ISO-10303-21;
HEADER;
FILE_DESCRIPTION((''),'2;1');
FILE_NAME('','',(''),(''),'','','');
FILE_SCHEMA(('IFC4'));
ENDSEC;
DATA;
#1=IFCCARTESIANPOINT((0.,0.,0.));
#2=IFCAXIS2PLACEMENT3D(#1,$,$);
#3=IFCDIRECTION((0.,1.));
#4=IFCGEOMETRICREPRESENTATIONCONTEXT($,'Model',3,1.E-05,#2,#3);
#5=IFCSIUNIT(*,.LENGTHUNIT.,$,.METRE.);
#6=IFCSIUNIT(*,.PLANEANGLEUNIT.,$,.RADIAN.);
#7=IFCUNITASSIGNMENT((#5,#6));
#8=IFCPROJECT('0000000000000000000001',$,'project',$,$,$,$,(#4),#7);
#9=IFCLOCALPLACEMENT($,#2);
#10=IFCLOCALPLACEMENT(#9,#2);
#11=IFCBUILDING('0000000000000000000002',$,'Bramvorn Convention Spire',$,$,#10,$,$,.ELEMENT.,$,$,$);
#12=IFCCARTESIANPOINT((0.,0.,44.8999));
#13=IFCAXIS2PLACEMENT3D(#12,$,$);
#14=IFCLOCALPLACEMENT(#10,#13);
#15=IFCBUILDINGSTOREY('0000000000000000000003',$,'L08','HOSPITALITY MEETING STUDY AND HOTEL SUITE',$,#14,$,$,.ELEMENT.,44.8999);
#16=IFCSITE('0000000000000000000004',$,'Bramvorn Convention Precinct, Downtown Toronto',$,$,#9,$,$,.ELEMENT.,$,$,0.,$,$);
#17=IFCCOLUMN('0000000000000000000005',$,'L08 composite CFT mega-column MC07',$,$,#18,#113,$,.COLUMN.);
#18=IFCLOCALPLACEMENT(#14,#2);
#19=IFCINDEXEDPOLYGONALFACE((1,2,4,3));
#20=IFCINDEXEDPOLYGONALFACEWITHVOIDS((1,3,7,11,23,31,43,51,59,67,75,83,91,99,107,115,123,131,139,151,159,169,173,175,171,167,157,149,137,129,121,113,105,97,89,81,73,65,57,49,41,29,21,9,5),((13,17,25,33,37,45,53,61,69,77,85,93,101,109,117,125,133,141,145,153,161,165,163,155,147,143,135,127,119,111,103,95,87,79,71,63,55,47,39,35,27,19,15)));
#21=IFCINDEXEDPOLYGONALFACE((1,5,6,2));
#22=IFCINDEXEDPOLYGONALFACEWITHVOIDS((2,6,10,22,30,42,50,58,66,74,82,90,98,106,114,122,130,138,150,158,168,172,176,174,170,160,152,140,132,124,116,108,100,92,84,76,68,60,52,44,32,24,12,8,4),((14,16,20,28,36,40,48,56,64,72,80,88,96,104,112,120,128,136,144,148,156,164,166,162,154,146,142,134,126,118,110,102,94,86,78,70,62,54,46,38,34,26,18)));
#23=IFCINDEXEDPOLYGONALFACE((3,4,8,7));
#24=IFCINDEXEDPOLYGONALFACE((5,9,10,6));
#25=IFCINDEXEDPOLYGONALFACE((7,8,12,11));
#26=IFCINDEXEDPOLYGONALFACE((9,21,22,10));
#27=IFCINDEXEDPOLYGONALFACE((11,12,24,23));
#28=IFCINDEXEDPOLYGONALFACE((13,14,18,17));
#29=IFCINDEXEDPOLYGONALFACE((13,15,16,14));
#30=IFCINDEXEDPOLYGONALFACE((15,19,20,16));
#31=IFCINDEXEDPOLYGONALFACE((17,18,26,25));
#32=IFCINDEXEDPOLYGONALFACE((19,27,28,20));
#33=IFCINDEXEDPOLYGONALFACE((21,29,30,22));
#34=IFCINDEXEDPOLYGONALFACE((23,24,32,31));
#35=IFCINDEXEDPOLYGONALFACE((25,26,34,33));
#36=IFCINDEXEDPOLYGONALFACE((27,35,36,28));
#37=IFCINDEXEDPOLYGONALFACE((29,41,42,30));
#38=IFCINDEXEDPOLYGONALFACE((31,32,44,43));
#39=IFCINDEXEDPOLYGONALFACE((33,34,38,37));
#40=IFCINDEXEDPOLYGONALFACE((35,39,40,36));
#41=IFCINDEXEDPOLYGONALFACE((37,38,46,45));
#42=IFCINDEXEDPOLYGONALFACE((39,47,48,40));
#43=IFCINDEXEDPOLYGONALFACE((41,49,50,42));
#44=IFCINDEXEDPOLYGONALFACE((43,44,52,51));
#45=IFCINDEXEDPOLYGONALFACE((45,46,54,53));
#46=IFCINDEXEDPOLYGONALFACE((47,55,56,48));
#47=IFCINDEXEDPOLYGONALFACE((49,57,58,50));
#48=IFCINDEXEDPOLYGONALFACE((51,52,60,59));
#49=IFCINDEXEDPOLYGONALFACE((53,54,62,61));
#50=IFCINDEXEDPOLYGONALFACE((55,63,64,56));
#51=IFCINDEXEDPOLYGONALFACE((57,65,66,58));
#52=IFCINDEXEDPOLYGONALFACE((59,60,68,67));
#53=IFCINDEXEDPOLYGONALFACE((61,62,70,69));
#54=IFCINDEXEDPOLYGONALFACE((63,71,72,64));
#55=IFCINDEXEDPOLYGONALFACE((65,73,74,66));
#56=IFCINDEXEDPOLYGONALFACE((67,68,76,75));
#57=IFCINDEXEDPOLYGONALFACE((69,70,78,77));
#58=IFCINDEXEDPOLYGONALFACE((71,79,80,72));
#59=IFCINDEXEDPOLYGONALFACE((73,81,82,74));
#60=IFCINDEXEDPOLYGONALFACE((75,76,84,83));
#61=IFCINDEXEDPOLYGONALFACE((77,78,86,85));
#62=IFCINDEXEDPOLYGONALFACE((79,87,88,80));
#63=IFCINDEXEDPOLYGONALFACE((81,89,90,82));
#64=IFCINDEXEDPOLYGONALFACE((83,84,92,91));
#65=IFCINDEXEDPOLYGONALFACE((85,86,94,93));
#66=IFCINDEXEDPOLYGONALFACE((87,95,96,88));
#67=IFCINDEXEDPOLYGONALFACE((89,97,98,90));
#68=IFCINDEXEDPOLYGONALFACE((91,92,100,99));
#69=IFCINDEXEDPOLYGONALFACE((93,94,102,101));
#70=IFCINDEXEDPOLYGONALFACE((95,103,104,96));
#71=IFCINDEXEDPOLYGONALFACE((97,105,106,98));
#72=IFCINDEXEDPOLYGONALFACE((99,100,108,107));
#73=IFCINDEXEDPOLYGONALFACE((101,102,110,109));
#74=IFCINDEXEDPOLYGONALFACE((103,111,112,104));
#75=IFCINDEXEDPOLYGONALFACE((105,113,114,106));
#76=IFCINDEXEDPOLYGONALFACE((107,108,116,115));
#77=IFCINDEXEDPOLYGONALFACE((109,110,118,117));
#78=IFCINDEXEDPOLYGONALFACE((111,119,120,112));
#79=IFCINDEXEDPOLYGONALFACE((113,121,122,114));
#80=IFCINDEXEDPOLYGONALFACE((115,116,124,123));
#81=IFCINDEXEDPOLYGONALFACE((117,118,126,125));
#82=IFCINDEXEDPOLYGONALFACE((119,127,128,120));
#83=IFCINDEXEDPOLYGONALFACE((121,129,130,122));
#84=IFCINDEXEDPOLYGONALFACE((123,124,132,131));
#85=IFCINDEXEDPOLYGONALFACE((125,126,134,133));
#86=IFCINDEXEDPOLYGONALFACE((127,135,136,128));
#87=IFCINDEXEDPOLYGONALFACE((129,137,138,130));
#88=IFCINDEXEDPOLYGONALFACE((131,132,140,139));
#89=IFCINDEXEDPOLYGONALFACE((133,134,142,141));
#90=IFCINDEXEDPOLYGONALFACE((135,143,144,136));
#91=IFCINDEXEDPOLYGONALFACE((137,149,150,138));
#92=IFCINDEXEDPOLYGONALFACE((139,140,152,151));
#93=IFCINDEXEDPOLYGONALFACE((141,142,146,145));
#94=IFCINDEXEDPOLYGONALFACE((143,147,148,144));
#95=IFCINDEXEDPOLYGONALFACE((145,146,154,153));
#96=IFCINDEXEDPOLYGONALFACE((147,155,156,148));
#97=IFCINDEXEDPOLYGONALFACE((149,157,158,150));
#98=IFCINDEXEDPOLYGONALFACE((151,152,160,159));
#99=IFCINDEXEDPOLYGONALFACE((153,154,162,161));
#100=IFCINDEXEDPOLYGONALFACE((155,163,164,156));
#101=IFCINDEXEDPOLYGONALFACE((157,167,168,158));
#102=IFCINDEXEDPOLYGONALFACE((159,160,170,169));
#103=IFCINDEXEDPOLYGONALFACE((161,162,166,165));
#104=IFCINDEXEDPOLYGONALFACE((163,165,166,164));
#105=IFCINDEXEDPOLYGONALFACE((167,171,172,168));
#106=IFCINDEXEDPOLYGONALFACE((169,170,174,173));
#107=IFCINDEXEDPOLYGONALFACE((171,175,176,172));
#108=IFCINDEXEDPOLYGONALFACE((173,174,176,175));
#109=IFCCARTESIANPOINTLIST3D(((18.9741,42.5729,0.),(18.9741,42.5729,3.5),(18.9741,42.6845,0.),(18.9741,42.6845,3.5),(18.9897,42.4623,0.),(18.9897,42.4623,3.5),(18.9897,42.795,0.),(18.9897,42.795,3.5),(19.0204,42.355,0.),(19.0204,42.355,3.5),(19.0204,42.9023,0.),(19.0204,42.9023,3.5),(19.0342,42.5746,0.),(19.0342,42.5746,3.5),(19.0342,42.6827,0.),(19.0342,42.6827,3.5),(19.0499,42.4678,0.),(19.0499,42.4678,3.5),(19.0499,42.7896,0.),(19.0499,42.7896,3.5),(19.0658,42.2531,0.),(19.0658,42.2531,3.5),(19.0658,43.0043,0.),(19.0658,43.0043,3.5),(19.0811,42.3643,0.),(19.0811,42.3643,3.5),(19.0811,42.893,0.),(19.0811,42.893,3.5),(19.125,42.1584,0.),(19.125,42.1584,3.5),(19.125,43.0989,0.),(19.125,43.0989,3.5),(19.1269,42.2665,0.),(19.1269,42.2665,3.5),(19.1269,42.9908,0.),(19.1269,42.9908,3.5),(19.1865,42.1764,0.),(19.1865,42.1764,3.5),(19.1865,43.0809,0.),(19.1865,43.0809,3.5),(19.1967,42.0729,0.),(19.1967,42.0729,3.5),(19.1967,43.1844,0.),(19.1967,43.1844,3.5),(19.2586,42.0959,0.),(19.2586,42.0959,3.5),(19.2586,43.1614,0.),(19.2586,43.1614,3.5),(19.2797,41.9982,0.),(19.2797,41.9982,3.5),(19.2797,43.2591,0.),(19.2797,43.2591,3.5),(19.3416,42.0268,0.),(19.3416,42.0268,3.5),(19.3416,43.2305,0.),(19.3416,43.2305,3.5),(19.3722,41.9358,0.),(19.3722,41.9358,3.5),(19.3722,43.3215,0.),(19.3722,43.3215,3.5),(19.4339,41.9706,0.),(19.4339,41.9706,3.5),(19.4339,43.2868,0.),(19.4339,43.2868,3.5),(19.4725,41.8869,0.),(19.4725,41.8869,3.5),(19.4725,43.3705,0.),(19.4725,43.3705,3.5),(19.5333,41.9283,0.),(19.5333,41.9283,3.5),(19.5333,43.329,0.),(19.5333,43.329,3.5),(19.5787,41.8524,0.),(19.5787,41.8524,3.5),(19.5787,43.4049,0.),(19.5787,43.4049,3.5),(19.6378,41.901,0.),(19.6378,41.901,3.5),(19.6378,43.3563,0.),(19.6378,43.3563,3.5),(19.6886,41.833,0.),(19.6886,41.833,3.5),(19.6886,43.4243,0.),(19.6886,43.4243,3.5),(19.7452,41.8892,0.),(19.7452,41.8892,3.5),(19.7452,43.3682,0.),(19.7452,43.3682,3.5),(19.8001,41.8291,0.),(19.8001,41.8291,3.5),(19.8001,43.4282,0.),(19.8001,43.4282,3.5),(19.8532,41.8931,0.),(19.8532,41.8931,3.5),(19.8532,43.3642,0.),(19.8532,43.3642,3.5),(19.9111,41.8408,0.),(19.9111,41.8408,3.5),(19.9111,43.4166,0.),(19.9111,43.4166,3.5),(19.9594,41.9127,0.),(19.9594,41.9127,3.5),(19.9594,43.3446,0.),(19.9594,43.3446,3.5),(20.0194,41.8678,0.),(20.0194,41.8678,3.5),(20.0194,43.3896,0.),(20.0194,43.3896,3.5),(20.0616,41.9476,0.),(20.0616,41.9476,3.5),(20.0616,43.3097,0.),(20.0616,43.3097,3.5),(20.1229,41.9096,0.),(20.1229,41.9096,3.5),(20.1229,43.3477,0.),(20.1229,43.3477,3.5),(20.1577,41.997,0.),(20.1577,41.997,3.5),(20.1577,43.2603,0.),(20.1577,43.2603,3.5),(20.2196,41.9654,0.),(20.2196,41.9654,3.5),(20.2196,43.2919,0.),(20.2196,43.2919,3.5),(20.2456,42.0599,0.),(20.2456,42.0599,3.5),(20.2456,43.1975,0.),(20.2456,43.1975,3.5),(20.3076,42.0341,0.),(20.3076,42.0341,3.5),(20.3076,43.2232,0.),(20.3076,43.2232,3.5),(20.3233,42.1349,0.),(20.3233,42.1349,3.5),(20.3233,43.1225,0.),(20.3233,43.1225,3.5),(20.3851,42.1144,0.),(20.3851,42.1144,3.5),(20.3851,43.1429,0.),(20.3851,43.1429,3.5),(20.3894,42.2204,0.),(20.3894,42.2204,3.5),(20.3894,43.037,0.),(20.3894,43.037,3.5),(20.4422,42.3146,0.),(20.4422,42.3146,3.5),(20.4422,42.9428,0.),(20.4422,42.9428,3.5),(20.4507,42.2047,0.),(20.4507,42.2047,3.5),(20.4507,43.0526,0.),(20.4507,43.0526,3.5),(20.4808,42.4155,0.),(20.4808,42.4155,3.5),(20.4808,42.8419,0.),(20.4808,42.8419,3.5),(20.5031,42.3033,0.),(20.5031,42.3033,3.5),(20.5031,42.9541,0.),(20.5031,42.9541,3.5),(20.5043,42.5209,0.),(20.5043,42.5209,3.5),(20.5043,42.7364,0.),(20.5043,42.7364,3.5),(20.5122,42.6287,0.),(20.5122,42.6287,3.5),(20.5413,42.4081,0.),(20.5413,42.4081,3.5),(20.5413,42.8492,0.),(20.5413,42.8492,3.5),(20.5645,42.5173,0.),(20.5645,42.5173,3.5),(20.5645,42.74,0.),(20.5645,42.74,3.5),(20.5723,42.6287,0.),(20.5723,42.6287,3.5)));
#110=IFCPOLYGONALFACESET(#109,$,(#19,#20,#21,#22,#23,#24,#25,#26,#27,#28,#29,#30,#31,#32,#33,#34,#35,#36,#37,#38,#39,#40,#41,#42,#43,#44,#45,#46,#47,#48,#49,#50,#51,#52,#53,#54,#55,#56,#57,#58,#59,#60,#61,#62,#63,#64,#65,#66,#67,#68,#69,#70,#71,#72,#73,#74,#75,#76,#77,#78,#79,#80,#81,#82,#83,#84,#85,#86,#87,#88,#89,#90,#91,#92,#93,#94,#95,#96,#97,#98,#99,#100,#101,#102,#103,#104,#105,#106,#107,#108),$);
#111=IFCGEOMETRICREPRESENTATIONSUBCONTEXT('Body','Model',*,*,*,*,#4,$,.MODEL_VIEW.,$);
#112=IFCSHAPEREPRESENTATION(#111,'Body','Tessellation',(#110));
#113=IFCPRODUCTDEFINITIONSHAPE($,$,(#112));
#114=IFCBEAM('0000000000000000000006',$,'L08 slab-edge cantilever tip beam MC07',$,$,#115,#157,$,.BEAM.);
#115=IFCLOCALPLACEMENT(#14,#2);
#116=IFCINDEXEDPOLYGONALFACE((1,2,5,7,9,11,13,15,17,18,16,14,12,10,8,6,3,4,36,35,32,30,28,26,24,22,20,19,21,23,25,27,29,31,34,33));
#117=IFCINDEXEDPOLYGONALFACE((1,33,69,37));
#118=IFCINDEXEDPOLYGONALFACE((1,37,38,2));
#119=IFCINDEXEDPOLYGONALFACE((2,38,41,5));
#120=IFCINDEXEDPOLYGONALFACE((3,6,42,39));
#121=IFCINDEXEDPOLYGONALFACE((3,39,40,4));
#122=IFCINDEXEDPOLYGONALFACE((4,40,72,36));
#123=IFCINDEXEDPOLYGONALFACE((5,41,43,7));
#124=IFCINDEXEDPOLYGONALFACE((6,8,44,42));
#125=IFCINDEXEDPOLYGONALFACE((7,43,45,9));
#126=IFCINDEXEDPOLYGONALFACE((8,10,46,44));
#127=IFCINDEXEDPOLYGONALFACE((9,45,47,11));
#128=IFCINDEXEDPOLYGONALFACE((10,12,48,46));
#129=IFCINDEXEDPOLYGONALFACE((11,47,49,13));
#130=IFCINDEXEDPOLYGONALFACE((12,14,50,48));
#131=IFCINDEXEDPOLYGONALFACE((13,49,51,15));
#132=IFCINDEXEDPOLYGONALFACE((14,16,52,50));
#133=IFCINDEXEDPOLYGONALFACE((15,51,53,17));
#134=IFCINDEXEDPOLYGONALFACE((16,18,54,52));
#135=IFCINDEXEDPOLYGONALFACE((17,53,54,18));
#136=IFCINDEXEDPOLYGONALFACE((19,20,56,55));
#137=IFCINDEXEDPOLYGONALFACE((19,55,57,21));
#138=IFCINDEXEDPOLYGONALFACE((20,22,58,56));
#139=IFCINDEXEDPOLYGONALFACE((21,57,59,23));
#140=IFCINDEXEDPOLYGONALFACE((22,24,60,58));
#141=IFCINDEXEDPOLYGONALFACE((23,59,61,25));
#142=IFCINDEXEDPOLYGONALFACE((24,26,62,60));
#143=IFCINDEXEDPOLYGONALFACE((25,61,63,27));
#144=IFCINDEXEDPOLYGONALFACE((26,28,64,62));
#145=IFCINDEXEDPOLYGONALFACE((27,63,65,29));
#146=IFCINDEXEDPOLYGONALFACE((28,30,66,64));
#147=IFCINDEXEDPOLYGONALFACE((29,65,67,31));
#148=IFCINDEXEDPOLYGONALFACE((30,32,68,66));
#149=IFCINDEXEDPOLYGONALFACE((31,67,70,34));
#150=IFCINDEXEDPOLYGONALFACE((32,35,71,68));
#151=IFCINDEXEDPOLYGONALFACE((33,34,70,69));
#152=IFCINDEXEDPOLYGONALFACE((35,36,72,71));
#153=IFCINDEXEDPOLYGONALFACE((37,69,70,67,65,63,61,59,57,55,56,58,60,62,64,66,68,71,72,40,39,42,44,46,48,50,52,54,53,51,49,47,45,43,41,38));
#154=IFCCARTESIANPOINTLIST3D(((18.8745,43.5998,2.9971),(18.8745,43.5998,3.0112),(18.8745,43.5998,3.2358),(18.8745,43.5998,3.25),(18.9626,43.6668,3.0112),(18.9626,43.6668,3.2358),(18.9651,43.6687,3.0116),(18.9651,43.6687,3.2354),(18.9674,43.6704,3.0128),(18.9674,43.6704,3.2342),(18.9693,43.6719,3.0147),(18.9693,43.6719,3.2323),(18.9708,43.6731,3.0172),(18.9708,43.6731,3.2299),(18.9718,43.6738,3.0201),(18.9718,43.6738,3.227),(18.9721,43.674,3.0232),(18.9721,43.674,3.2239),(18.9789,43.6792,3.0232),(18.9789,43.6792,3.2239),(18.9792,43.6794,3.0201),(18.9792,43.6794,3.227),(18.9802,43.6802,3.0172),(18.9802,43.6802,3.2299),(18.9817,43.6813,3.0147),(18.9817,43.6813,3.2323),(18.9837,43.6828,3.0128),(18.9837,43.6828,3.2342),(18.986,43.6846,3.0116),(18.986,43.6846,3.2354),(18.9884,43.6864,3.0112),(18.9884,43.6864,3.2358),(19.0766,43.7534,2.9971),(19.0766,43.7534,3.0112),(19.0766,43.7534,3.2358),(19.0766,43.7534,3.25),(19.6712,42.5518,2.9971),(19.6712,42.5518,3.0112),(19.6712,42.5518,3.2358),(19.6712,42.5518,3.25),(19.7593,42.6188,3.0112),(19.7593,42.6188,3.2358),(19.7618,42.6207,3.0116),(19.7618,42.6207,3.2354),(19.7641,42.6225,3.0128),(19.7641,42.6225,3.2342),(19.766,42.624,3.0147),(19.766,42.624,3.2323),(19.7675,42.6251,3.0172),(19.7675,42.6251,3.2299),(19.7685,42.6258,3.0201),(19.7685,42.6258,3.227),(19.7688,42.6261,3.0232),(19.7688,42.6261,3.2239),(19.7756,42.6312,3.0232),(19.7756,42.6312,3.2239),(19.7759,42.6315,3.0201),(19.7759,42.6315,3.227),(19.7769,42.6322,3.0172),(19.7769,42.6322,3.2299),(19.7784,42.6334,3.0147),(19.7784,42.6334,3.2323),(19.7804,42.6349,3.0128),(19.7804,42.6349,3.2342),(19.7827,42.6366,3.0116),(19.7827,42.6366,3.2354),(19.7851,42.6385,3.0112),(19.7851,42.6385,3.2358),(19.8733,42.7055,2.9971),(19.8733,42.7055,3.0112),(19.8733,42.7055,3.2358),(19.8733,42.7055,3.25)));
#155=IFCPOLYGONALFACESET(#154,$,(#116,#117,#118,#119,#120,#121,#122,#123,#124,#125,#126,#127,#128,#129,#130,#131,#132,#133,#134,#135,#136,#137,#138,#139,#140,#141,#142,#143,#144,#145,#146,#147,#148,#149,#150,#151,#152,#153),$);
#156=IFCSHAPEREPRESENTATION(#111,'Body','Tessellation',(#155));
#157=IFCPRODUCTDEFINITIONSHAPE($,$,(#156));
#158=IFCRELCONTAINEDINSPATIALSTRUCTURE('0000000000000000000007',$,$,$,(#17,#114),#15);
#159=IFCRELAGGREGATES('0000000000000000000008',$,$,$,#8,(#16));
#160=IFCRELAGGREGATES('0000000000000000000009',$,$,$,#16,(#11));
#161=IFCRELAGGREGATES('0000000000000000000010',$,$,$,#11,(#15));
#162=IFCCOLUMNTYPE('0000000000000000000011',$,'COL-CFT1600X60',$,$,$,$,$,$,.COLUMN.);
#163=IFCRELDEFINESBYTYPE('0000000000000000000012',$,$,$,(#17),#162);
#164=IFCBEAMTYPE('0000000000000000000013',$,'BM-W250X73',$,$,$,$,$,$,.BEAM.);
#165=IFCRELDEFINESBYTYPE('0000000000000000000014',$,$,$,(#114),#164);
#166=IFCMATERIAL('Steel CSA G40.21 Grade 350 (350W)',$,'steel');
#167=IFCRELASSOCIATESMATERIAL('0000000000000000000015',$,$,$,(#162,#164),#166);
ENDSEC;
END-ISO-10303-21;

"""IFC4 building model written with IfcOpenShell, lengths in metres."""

from ifc_helpers import new_model, si_unit, direction, frame, origin, origin_2d, place, context, subcontext, project, spatial, hollow_circle, i_section, extrude, material, material_profile, profile_set, type_object, element, save


model = new_model("IFC4")

# Units and contexts
model_context = context("Model", 3, precision=1e-05, world=origin(), true_north=direction((0.0, 1.0)))
body_context = subcontext(model_context, "Body", "Model", "MODEL_VIEW")
ifc_project = project(units=[si_unit("LENGTHUNIT", "METRE"), si_unit("PLANEANGLEUNIT", "RADIAN")], contexts=[model_context])

# Site, building, storey
site_placement = place(None, origin())
site = spatial("IfcSite", under=ifc_project, at=site_placement, Name="Bramvorn Convention Precinct, Downtown Toronto", CompositionType="ELEMENT", RefElevation=0.0)
building_placement = place(site_placement, origin())
building = spatial("IfcBuilding", under=site, at=building_placement, Name="Bramvorn Convention Spire", CompositionType="ELEMENT")
storey_placement = place(building_placement, frame((0.0, 0.0, 44.8999)))
storey = spatial("IfcBuildingStorey", under=building, at=storey_placement, Name="L08", Description="HOSPITALITY MEETING STUDY AND HOTEL SUITE", CompositionType="ELEMENT", Elevation=44.8999)

# Column
ifc_material_1 = material(Name="Steel CSA G40.21 Grade 350 (350W)", Category="steel")
ifc_material_profile_1 = material_profile(ifc_material_1, hollow_circle(Radius=0.8, WallThickness=0.0601, at=origin_2d()))
ifc_profile_set_1 = profile_set([ifc_material_profile_1], Name="Steel CSA G40.21 Grade 350 (350W) - CFT1600X60")
column_type = type_object("IfcColumnType", Name="COL-CFT1600X60", PredefinedType="COLUMN", material=ifc_profile_set_1)
column_placement = place(storey_placement, frame((19.7722, 42.6287, 0.0), z_axis=(0.0, 0.0, 1.0), x_axis=(1.0, 0.0, 0.0)))
element("IfcColumn", 1, at=column_placement, inside=storey, type_object=column_type, Name="L08 composite CFT mega-column MC07", PredefinedType="COLUMN", context=body_context, shape_type="SweptSolid", body=[
    extrude(hollow_circle(Radius=0.8, WallThickness=0.0601, at=origin_2d()), origin(), (0.0, 0.0, 1.0), 3.5),
])

# Beam
ifc_material_profile_2 = material_profile(ifc_material_1, i_section(OverallWidth=0.2539, OverallDepth=0.2529, WebThickness=0.0085, FlangeThickness=0.0142, FilletRadius=0.012, at=origin_2d()))
ifc_profile_set_2 = profile_set([ifc_material_profile_2], Name="Steel CSA G40.21 Grade 350 (350W) - W250X73")
beam_type_1 = type_object("IfcBeamType", Name="BM-W250X73", PredefinedType="BEAM", material=ifc_profile_set_2)
beam_1_placement = place(storey_placement, frame((19.7722, 42.6287, 3.1235), z_axis=(-0.60521, 0.796066, 0.0), x_axis=(-0.796066, -0.60521, 0.0)))
element("IfcBeam", 2, at=beam_1_placement, inside=storey, type_object=beam_type_1, Name="L08 slab-edge cantilever tip beam MC07", PredefinedType="BEAM", context=body_context, shape_type="SweptSolid", body=[
    extrude(i_section(OverallWidth=0.2539, OverallDepth=0.2529, WebThickness=0.0085, FlangeThickness=0.0142, FilletRadius=0.012, at=origin_2d()), origin(), (0.0, 0.0, 1.0), 1.3164),
])

save(model, "model.ifc")
